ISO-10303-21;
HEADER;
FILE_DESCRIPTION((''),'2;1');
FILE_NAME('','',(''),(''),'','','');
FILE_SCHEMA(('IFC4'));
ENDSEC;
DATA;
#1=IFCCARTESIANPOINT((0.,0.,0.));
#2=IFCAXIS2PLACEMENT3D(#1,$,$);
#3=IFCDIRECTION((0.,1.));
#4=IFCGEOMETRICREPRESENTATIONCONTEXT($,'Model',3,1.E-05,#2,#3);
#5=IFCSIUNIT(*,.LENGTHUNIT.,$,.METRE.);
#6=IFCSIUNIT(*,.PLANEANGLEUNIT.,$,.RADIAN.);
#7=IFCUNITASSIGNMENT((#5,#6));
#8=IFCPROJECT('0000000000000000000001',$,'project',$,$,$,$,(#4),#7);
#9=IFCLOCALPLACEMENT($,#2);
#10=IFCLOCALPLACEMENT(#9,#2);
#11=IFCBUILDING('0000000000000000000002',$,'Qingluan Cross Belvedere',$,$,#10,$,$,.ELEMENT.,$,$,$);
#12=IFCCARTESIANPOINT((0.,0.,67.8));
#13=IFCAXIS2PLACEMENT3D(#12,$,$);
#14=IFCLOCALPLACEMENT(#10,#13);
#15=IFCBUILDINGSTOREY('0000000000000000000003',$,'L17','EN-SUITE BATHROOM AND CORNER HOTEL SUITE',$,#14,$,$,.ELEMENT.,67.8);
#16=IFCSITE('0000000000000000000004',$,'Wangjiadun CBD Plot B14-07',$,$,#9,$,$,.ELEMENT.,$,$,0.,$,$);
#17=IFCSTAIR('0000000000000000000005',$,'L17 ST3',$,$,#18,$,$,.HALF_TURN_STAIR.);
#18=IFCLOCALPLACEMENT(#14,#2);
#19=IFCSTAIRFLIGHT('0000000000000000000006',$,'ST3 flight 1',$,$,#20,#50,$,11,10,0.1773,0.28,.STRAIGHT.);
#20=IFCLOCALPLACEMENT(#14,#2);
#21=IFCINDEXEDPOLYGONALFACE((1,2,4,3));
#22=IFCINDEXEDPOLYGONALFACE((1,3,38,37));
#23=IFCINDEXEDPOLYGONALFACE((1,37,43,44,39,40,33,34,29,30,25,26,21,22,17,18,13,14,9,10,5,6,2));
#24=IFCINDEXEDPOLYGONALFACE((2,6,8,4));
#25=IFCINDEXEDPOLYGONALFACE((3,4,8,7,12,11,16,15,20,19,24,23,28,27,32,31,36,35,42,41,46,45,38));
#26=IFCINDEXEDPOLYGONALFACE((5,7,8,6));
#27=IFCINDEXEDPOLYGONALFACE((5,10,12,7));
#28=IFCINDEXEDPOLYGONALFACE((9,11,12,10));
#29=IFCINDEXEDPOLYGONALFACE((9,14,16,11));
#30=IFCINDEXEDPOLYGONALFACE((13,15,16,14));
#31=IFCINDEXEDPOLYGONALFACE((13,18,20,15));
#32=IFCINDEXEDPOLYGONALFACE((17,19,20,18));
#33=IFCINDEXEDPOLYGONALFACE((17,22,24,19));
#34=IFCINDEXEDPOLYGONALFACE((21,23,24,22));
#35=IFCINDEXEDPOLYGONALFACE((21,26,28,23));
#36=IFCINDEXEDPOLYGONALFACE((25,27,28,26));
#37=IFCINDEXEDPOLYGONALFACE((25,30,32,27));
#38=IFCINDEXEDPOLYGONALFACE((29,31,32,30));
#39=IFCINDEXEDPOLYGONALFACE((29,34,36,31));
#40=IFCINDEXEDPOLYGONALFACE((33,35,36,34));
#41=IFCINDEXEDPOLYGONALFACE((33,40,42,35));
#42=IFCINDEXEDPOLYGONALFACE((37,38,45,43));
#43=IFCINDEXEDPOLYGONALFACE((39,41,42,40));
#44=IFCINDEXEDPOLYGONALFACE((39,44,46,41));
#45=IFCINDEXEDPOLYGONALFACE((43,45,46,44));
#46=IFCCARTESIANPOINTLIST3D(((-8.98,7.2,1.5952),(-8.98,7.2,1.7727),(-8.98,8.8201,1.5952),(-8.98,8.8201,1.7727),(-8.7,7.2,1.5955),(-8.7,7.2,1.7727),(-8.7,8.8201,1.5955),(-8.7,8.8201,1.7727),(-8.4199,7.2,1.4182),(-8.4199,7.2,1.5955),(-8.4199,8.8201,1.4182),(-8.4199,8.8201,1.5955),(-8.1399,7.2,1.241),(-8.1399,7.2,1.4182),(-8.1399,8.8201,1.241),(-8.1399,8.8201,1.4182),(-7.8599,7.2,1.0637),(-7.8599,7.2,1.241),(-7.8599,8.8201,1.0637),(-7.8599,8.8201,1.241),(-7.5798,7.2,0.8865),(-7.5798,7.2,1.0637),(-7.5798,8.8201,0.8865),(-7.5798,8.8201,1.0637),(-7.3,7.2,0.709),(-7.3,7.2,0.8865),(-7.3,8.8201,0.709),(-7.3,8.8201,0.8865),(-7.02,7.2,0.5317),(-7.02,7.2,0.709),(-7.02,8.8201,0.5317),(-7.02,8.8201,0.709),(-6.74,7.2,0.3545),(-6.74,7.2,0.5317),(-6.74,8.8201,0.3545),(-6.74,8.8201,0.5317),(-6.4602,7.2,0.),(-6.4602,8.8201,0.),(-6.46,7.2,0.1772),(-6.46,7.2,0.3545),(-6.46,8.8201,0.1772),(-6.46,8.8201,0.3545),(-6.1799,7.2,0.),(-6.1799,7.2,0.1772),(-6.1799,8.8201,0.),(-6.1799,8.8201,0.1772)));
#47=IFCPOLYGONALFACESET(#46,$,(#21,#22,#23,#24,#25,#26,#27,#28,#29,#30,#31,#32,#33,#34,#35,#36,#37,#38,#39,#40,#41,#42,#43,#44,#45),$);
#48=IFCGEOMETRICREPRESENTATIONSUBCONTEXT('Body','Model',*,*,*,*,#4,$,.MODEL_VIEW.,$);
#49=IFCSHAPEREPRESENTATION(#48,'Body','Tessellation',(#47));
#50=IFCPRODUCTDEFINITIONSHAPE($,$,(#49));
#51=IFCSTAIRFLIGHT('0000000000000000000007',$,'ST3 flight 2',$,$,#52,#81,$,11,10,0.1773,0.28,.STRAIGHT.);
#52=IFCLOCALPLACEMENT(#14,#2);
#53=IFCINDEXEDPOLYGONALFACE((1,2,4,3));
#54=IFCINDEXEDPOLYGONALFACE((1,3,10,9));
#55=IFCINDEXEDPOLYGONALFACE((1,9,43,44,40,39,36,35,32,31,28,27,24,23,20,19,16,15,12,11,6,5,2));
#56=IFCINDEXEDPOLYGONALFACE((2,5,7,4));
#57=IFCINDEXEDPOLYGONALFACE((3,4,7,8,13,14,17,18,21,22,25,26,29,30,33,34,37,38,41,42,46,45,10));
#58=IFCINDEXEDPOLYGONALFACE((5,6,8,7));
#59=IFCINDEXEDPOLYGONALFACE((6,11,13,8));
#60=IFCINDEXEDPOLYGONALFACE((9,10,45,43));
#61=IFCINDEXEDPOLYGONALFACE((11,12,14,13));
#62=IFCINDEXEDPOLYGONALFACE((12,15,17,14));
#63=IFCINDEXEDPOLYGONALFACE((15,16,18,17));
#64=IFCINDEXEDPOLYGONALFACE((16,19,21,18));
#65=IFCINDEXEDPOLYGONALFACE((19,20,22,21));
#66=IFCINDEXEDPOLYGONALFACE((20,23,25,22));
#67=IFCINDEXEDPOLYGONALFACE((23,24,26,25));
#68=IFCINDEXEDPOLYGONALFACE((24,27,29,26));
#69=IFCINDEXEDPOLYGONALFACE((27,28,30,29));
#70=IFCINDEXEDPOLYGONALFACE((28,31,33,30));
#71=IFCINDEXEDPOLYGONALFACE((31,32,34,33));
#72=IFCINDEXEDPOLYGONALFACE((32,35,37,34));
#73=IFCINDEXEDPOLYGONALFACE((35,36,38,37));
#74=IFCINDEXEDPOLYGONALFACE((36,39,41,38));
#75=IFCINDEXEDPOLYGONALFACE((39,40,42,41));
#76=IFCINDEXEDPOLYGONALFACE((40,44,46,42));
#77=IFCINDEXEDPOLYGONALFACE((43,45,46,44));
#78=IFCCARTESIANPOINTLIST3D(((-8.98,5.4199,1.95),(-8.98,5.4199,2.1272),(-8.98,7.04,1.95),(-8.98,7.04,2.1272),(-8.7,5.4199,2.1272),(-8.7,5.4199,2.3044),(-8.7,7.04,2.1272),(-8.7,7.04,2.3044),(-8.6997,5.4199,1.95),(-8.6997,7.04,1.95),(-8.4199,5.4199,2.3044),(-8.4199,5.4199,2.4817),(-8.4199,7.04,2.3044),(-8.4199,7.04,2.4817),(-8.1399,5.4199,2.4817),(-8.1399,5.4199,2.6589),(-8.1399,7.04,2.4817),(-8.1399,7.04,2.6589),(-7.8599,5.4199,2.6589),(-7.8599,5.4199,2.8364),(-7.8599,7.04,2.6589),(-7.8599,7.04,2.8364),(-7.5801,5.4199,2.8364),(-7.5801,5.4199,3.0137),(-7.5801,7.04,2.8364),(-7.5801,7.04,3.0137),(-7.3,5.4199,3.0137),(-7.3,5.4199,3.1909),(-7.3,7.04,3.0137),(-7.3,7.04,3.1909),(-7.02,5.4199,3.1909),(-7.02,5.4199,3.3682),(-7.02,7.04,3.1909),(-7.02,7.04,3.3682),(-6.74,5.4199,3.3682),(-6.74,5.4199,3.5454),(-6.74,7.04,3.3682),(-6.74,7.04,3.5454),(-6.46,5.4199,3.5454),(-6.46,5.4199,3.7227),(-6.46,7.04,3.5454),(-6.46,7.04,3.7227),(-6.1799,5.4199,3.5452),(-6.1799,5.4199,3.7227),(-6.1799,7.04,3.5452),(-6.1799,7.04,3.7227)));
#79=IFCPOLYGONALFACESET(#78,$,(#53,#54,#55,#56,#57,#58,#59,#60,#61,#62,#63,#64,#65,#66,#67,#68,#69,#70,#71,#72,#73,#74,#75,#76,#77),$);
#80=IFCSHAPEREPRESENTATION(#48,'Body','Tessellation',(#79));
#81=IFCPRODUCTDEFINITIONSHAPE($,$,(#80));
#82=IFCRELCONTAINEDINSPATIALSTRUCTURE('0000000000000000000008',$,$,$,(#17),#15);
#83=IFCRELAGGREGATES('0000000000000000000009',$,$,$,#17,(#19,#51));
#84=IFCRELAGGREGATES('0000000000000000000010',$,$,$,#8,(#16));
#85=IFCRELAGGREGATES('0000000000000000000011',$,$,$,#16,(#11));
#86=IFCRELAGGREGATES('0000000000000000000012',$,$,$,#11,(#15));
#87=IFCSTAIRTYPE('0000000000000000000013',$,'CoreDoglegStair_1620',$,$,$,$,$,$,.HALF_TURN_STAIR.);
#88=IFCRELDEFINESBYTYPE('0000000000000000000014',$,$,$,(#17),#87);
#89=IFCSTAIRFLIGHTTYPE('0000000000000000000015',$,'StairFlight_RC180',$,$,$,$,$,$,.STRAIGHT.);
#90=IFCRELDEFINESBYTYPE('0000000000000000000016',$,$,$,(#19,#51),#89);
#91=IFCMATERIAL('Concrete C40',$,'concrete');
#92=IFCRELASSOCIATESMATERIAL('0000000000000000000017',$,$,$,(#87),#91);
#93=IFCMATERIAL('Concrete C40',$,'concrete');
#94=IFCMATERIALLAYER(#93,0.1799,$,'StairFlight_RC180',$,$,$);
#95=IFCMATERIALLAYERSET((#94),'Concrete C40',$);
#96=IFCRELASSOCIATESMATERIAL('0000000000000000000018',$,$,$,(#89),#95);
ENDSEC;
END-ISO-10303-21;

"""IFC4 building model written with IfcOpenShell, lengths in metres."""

from ifc_helpers import new_model, si_unit, direction, frame, origin, place, context, subcontext, project, spatial, polyline, outline, extrude, material, layer, layer_set, type_object, element, aggregate, save


model = new_model("IFC4")

# Units and contexts
model_context = context("Model", 3, precision=1e-05, world=origin(), true_north=direction((0.0, 1.0)))
body_context = subcontext(model_context, "Body", "Model", "MODEL_VIEW")
ifc_project = project(units=[si_unit("LENGTHUNIT", "METRE"), si_unit("PLANEANGLEUNIT", "RADIAN")], contexts=[model_context])

# Site, building, storey
site_placement = place(None, origin())
site = spatial("IfcSite", under=ifc_project, at=site_placement, Name="Wangjiadun CBD Plot B14-07", CompositionType="ELEMENT", RefElevation=0.0)
building_placement = place(site_placement, origin())
building = spatial("IfcBuilding", under=site, at=building_placement, Name="Qingluan Cross Belvedere", CompositionType="ELEMENT")
storey_placement = place(building_placement, frame((0.0, 0.0, 67.8)))
storey = spatial("IfcBuildingStorey", under=building, at=storey_placement, Name="L17", Description="EN-SUITE BATHROOM AND CORNER HOTEL SUITE", CompositionType="ELEMENT", Elevation=67.8)

# Stair, stair flights
ifc_material_1 = material(Name="Concrete C40", Category="concrete")
stair_type = type_object("IfcStairType", Name="CoreDoglegStair_1620", PredefinedType="HALF_TURN_STAIR", material=ifc_material_1)
stair_placement = place(storey_placement, origin())
stair = element("IfcStair", 1, at=stair_placement, inside=storey, type_object=stair_type, Name="L17 ST3", PredefinedType="HALF_TURN_STAIR")
ifc_material_2 = material(Name="Concrete C40", Category="concrete")
ifc_layer_1 = layer(ifc_material_2, 0.1799, Name="StairFlight_RC180")
ifc_layer_set_1 = layer_set([ifc_layer_1], Name="Concrete C40")
stair_flight_type = type_object("IfcStairFlightType", Name="StairFlight_RC180", PredefinedType="STRAIGHT", material=ifc_layer_set_1)
stair_flight_1_placement = place(storey_placement, frame((-6.1799, 8.01, 0.0), z_axis=(0.0, 0.0, 1.0), x_axis=(-1.0, 0.0, 0.0)))
stair_flight_1 = element("IfcStairFlight", 2, at=stair_flight_1_placement, type_object=stair_flight_type, Name="ST3 flight 1", NumberOfRisers=11, NumberOfTreads=10, PredefinedType="STRAIGHT", RiserHeight=0.1773, TreadLength=0.28, context=body_context, shape_type="SweptSolid", body=[
    extrude(outline(polyline([(0.0, 0.0), (0.0, 0.1772), (0.28, 0.1772), (0.28, 0.3545), (0.5601, 0.3545), (0.5601, 0.5317), (0.8401, 0.5317), (0.8401, 0.709), (1.1201, 0.709), (1.1201, 0.8865), (1.3999, 0.8865), (1.3999, 1.0637), (1.6799, 1.0637), (1.6799, 1.241), (1.96, 1.241), (1.96, 1.4182), (2.24, 1.4182), (2.24, 1.5955), (2.52, 1.5955), (2.52, 1.7727), (2.8, 1.7727), (2.8, 1.95), (2.8, 1.5952), (0.2803, 0.0), (0.0, 0.0)])), frame((0.0, 0.8101, 0.0), z_axis=(0.0, -1.0, 0.0), x_axis=(1.0, 0.0, 0.0)), (0.0, 0.0, 1.0), 1.6201),
])
stair_flight_2_placement = place(storey_placement, frame((-8.98, 6.23, 1.95), z_axis=(0.0, 0.0, 1.0), x_axis=(1.0, 0.0, 0.0)))
stair_flight_2 = element("IfcStairFlight", 3, at=stair_flight_2_placement, type_object=stair_flight_type, Name="ST3 flight 2", NumberOfRisers=11, NumberOfTreads=10, PredefinedType="STRAIGHT", RiserHeight=0.1773, TreadLength=0.28, context=body_context, shape_type="SweptSolid", body=[
    extrude(outline(polyline([(0.0, 0.0), (0.0, 0.1772), (0.28, 0.1772), (0.28, 0.3545), (0.5601, 0.3545), (0.5601, 0.5317), (0.8401, 0.5317), (0.8401, 0.709), (1.1201, 0.709), (1.1201, 0.8865), (1.3999, 0.8865), (1.3999, 1.0637), (1.6799, 1.0637), (1.6799, 1.241), (1.96, 1.241), (1.96, 1.4182), (2.24, 1.4182), (2.24, 1.5955), (2.52, 1.5955), (2.52, 1.7727), (2.8, 1.7727), (2.8, 1.95), (2.8, 1.5952), (0.2803, 0.0), (0.0, 0.0)])), frame((0.0, 0.8101, 0.0), z_axis=(0.0, -1.0, 0.0), x_axis=(1.0, 0.0, 0.0)), (0.0, 0.0, 1.0), 1.6201),
])
aggregate(stair, [stair_flight_1, stair_flight_2])

save(model, "model.ifc")
